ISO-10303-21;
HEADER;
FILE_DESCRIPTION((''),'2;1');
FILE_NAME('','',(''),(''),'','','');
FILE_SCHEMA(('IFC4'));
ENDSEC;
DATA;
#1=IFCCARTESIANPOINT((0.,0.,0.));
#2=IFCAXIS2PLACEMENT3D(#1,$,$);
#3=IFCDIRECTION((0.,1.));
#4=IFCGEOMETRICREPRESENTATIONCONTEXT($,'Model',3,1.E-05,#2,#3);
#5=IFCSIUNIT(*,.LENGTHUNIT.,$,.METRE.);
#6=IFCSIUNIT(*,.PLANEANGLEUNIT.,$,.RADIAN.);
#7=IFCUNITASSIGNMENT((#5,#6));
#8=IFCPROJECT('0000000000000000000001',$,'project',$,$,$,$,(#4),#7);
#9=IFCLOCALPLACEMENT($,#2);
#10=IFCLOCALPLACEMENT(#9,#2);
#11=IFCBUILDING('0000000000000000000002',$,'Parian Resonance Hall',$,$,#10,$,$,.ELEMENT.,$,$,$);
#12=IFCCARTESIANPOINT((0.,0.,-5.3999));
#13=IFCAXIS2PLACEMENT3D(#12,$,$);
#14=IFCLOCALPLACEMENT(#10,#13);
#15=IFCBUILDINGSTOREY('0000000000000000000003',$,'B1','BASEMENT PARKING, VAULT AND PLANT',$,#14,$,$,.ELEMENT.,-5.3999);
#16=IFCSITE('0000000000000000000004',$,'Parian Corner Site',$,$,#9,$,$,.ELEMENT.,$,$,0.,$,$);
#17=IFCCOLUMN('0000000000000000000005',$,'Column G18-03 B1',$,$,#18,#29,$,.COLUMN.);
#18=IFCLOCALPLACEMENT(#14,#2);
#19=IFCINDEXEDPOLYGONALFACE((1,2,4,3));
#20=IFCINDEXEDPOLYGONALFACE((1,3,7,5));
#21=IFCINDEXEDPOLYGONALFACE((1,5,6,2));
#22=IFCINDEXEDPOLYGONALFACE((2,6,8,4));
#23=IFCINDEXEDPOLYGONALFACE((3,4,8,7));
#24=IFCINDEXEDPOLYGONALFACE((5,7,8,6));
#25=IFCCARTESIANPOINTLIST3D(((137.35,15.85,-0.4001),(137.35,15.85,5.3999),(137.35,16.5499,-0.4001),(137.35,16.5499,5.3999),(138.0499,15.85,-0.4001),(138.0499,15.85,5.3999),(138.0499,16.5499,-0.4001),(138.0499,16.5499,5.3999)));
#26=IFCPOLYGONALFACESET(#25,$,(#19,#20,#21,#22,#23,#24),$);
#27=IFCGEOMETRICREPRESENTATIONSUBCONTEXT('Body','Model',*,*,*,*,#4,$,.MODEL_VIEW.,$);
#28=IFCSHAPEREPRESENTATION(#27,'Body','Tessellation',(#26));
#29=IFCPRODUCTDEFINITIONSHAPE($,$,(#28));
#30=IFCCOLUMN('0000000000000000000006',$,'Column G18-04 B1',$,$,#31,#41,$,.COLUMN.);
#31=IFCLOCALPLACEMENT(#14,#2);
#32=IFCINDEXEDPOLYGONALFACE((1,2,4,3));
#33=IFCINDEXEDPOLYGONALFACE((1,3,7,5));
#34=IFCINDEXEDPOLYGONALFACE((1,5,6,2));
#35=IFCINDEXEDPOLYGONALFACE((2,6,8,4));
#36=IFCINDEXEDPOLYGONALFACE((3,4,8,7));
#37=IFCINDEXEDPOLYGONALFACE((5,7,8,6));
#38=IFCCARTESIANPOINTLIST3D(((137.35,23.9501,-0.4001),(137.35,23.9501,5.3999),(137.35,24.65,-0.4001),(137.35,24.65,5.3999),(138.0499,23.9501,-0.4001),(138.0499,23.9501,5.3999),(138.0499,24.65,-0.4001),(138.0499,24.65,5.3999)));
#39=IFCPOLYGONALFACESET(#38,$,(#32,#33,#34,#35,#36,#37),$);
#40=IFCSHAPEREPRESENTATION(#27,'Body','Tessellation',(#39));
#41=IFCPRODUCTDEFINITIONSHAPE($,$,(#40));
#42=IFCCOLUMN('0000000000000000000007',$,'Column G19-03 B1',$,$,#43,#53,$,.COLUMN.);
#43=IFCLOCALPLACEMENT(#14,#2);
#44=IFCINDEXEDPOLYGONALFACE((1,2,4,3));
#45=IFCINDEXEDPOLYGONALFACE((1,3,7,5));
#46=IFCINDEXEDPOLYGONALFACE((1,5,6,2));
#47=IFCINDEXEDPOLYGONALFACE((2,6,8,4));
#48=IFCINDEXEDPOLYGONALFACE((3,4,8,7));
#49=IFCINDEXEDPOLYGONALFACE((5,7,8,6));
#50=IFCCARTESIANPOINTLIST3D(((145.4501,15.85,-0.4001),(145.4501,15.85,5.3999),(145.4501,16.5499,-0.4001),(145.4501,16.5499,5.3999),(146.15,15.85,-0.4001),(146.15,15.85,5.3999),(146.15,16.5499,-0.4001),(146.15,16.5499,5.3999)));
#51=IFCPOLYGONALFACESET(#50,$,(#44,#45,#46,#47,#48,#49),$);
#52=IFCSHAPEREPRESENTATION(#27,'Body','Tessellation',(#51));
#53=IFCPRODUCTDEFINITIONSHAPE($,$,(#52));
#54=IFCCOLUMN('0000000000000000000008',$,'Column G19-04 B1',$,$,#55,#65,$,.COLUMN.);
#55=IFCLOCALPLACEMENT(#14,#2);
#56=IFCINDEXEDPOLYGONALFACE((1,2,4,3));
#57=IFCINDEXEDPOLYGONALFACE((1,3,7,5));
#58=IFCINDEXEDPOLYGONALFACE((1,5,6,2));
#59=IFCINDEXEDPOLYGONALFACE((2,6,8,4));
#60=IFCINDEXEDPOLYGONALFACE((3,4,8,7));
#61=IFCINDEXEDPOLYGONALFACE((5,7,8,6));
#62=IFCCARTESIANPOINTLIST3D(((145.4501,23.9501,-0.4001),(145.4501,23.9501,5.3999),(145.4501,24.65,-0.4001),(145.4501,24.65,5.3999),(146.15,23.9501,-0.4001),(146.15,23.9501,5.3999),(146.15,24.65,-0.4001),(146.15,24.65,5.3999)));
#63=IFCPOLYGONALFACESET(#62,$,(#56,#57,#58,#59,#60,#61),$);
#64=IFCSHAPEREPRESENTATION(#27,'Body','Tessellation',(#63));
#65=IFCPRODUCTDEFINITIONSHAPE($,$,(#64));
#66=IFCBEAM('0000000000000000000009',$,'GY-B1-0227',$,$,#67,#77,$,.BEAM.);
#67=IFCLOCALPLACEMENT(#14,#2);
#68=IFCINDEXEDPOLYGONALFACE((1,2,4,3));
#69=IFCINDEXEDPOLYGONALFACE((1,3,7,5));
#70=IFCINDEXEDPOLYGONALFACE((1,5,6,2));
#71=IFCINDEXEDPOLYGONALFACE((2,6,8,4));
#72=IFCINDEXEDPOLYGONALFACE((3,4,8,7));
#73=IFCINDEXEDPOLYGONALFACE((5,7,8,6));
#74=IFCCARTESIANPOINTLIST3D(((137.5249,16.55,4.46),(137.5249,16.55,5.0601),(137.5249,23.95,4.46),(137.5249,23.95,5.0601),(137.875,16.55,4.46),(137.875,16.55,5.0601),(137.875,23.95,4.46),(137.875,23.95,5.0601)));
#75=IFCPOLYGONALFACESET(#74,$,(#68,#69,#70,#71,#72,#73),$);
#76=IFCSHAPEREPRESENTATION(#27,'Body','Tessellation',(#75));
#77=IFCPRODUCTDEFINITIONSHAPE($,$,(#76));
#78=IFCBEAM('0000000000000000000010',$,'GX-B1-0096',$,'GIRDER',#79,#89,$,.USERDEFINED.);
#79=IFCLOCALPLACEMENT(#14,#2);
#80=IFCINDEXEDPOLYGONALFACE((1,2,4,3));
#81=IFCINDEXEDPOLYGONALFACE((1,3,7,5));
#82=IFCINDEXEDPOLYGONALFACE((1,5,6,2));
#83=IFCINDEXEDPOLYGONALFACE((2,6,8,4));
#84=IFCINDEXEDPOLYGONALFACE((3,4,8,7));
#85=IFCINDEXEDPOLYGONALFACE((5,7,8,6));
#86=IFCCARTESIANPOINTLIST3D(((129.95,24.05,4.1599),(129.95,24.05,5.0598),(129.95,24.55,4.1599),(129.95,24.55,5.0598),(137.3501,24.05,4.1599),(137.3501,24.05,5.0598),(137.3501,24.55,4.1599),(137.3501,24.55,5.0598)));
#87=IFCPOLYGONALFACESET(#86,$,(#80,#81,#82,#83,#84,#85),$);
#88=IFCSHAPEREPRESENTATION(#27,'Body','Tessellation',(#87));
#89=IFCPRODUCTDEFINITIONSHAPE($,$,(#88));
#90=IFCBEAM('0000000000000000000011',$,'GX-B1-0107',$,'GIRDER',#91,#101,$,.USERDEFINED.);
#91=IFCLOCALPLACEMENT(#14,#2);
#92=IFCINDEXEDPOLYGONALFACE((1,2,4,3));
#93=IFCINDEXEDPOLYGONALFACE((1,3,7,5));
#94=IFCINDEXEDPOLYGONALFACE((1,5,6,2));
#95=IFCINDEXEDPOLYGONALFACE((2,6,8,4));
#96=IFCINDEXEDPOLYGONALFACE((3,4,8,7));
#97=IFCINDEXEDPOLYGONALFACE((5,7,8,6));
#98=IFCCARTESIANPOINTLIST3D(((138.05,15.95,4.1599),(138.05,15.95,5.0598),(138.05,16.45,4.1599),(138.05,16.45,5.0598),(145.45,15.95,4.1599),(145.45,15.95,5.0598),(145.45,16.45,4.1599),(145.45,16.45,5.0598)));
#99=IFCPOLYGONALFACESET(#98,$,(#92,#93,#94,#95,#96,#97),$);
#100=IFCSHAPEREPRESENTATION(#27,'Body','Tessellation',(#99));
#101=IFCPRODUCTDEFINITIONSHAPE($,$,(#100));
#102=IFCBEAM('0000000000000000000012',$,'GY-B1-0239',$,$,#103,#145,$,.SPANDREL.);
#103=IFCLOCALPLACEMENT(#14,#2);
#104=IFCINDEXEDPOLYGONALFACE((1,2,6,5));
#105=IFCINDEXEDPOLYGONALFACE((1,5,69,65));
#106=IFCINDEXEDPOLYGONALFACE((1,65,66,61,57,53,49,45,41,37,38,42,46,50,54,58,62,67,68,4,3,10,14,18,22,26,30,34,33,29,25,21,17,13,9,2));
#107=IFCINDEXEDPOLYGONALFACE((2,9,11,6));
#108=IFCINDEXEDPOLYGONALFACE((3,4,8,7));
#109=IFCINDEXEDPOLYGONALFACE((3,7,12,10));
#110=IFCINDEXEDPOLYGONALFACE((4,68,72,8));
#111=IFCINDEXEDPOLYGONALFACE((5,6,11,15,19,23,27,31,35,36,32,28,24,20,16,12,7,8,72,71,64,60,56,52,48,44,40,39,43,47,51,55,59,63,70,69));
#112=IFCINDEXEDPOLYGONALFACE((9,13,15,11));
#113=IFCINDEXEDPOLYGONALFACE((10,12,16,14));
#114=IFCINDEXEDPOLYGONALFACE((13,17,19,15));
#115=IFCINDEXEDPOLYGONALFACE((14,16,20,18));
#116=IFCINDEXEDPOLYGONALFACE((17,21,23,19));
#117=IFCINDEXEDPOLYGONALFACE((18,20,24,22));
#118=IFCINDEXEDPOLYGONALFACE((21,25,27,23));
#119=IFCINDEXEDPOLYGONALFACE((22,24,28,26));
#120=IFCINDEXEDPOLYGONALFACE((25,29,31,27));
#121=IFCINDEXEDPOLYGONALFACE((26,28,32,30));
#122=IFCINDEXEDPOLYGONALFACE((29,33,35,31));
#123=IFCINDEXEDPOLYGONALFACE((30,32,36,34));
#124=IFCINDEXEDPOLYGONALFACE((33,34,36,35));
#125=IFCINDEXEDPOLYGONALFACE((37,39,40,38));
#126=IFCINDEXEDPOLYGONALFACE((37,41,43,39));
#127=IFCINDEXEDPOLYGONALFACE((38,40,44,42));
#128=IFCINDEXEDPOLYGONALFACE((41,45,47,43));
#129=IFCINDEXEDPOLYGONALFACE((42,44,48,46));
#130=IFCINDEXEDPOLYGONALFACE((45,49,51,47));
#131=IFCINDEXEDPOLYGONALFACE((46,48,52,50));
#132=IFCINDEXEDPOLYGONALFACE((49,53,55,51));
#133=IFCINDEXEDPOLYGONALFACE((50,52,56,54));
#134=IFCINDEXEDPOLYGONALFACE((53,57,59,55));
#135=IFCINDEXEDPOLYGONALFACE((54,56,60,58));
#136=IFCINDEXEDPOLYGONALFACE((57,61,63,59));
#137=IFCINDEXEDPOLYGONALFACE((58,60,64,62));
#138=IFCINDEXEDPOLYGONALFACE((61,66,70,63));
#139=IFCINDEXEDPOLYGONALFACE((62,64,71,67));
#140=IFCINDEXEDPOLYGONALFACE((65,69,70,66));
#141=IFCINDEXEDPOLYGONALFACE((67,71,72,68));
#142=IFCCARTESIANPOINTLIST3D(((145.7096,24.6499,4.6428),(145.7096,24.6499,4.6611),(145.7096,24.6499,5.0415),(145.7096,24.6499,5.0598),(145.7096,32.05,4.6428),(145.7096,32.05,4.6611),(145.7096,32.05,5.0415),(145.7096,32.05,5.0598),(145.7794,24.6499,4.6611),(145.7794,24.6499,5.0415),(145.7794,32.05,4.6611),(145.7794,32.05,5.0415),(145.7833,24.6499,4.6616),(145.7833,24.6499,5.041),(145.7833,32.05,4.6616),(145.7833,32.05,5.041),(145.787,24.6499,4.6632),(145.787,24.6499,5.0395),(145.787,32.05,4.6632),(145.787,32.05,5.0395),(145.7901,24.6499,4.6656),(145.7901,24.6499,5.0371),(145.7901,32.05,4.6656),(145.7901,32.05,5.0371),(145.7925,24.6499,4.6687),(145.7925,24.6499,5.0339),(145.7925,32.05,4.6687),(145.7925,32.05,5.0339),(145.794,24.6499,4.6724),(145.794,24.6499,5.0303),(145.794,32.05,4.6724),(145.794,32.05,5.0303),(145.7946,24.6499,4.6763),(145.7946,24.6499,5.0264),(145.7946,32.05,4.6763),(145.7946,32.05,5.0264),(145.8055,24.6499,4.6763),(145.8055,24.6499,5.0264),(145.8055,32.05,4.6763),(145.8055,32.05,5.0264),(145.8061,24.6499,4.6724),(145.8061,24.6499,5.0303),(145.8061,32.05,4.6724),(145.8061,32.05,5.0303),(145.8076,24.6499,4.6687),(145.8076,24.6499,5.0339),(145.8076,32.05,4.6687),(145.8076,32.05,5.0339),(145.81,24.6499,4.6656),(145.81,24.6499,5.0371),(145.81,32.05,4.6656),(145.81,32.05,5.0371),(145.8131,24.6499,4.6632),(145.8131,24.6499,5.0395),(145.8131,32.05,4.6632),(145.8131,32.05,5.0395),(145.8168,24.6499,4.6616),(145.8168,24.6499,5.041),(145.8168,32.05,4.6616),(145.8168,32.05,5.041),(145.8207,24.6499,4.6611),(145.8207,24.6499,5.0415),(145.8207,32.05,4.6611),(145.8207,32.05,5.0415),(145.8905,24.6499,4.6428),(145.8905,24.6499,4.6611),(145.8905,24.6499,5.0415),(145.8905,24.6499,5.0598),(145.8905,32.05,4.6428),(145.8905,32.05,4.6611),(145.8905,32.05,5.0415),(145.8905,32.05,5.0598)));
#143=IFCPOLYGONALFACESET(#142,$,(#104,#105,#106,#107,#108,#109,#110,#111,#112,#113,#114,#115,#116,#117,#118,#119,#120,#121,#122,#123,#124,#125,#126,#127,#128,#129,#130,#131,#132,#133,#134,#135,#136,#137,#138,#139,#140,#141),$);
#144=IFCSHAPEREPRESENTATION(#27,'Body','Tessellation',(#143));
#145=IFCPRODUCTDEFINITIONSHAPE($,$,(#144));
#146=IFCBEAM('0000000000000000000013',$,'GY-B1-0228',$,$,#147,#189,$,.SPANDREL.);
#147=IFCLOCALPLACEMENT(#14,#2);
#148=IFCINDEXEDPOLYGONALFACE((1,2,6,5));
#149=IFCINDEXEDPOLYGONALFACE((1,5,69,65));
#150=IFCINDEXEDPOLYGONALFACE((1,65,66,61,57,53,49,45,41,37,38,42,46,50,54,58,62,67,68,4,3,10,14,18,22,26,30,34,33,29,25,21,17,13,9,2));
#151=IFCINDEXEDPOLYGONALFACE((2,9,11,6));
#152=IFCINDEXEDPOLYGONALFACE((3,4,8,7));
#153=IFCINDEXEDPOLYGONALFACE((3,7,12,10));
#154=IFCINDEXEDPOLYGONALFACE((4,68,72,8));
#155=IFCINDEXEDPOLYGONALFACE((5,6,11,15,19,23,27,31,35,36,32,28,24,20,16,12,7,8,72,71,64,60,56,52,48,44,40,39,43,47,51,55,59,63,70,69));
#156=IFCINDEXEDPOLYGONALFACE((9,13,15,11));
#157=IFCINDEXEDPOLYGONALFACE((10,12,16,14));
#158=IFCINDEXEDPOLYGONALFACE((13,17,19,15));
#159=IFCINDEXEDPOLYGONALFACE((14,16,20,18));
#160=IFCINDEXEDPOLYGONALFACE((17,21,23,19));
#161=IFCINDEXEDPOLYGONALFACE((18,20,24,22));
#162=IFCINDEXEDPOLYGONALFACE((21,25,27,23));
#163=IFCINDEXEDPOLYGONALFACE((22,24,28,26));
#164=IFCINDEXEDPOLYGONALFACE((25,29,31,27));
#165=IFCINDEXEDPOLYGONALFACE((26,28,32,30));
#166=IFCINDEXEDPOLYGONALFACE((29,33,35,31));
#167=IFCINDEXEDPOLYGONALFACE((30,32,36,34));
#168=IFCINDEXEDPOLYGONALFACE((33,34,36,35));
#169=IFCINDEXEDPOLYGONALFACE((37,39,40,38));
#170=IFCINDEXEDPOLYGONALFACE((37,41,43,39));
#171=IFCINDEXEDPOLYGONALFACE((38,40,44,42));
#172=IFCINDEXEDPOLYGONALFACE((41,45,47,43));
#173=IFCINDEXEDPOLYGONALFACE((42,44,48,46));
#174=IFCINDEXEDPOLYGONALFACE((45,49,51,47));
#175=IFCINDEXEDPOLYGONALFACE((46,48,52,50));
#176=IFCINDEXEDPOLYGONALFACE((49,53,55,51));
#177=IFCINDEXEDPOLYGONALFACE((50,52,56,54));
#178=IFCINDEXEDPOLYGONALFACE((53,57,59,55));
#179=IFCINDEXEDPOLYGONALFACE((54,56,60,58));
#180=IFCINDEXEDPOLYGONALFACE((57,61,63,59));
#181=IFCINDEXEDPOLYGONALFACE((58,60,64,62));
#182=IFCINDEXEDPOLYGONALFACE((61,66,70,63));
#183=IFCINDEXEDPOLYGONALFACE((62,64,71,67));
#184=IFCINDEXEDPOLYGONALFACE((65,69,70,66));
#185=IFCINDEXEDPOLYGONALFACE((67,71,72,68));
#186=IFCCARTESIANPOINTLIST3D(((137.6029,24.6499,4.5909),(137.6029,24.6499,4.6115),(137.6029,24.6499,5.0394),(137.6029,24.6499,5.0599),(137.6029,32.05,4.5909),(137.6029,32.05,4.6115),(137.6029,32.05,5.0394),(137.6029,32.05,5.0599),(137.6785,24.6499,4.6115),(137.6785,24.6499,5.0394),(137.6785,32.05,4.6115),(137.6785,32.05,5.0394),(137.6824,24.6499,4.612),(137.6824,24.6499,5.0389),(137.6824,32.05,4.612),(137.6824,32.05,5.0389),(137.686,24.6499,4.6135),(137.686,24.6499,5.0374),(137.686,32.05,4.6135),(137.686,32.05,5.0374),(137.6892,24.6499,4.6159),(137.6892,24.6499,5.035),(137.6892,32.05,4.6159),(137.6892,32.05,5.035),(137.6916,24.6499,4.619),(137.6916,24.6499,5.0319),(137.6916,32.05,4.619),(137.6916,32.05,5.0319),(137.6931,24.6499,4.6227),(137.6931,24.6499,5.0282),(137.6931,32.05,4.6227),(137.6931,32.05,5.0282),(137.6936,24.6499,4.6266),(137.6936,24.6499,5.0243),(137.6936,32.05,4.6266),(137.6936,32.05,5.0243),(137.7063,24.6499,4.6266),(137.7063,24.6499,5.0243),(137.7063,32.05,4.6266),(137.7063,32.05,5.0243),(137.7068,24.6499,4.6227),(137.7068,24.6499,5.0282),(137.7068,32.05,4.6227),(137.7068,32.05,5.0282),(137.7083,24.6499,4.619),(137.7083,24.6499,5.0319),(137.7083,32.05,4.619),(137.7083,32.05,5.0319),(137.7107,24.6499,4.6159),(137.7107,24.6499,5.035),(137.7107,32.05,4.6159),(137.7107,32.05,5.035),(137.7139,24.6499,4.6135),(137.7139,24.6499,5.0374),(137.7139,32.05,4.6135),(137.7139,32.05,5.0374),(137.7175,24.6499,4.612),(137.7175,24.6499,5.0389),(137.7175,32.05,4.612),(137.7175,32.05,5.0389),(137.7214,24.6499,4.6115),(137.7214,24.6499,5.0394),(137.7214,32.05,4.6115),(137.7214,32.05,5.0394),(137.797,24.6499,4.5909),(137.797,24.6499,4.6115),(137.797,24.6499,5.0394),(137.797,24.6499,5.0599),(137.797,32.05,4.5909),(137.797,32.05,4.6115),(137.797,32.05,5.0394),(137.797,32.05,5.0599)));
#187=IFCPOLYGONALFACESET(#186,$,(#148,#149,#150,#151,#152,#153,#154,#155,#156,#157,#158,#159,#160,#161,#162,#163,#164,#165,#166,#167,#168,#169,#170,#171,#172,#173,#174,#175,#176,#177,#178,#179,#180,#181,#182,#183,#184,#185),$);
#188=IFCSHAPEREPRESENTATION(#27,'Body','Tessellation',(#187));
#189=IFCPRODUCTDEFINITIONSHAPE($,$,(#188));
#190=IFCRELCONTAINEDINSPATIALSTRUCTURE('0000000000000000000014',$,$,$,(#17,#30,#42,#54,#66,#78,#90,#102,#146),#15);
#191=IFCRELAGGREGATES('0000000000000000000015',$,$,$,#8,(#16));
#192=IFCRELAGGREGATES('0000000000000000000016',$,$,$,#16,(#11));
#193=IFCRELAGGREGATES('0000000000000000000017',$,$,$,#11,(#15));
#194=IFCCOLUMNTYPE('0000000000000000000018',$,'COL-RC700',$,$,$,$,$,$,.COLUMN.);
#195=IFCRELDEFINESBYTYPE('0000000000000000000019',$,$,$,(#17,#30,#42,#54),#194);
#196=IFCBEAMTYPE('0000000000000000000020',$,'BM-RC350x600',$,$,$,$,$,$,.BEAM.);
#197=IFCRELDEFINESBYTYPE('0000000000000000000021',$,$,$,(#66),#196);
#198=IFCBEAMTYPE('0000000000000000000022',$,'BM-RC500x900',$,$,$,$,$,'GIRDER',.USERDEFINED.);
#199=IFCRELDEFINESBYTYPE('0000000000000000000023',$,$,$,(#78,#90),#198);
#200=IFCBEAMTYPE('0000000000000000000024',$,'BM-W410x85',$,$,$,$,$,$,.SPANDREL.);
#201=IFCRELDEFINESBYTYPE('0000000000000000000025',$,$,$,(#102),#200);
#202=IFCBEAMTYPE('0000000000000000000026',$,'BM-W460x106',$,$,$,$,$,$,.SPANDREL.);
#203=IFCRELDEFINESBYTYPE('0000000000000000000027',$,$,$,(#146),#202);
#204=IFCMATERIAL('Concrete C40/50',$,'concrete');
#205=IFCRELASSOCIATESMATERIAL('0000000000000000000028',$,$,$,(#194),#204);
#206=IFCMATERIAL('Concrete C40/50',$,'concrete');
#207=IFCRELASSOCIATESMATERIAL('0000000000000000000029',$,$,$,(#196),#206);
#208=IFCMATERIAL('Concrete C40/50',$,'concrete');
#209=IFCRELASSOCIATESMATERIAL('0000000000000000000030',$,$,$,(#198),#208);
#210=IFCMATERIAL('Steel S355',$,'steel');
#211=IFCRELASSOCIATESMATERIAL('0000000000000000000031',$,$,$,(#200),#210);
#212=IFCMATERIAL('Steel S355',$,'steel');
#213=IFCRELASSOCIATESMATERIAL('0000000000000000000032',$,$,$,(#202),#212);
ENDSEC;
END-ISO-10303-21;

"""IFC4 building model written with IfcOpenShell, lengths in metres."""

from ifc_helpers import new_model, si_unit, direction, frame, origin, origin_2d, place, context, subcontext, project, spatial, rectangle, i_section, extrude, material, material_profile, profile_set, type_object, element, save


model = new_model("IFC4")

# Units and contexts
model_context = context("Model", 3, precision=1e-05, world=origin(), true_north=direction((0.0, 1.0)))
body_context = subcontext(model_context, "Body", "Model", "MODEL_VIEW")
ifc_project = project(units=[si_unit("LENGTHUNIT", "METRE"), si_unit("PLANEANGLEUNIT", "RADIAN")], contexts=[model_context])

# Site, building, storey
site_placement = place(None, origin())
site = spatial("IfcSite", under=ifc_project, at=site_placement, Name="Parian Corner Site", CompositionType="ELEMENT", RefElevation=0.0)
building_placement = place(site_placement, origin())
building = spatial("IfcBuilding", under=site, at=building_placement, Name="Parian Resonance Hall", CompositionType="ELEMENT")
storey_placement = place(building_placement, frame((0.0, 0.0, -5.3999)))
storey = spatial("IfcBuildingStorey", under=building, at=storey_placement, Name="B1", Description="BASEMENT PARKING, VAULT AND PLANT", CompositionType="ELEMENT", Elevation=-5.3999)

# Columns
ifc_material_1 = material(Name="Concrete C40/50", Category="concrete")
ifc_material_profile_1 = material_profile(ifc_material_1, rectangle(XDim=0.7, YDim=0.7, at=origin_2d()), Name="RC-COL-700x700")
ifc_profile_set_1 = profile_set([ifc_material_profile_1], Name="Concrete C40/50")
column_type = type_object("IfcColumnType", Name="COL-RC700", PredefinedType="COLUMN", material=ifc_profile_set_1)
for number, where, z_axis, x_axis, name in (
    (1, (137.7, 16.2, -0.4001), (0.0, 0.0, 1.0), (1.0, 0.0, 0.0), "Column G18-03 B1"),
    (2, (137.7, 24.3, -0.4001), (0.0, 0.0, 1.0), (1.0, 0.0, 0.0), "Column G18-04 B1"),
    (3, (145.8, 16.2, -0.4001), (0.0, 0.0, 1.0), (1.0, 0.0, 0.0), "Column G19-03 B1"),
    (4, (145.8, 24.3, -0.4001), (0.0, 0.0, 1.0), (1.0, 0.0, 0.0), "Column G19-04 B1"),
):
    element("IfcColumn", number, at=place(storey_placement, frame(where, z_axis=z_axis, x_axis=x_axis)), inside=storey, type_object=column_type, Name=name, PredefinedType="COLUMN", context=body_context, shape_type="SweptSolid", body=[
        extrude(rectangle(XDim=0.7, YDim=0.7, at=origin_2d()), origin(), (0.0, 0.0, 1.0), 5.8),
    ])

# Beams
ifc_material_2 = material(Name="Concrete C40/50", Category="concrete")
ifc_material_profile_2 = material_profile(ifc_material_2, rectangle(XDim=0.3501, YDim=0.6001, at=origin_2d()), Name="RC-BM-350x600")
ifc_profile_set_2 = profile_set([ifc_material_profile_2], Name="Concrete C40/50")
beam_type_1 = type_object("IfcBeamType", Name="BM-RC350x600", PredefinedType="BEAM", material=ifc_profile_set_2)
beam_1_placement = place(storey_placement, frame((137.7, 16.55, 4.76), z_axis=(0.0, 1.0, 0.0), x_axis=(-1.0, 0.0, 0.0)))
element("IfcBeam", 5, at=beam_1_placement, inside=storey, type_object=beam_type_1, Name="GY-B1-0227", PredefinedType="BEAM", context=body_context, shape_type="SweptSolid", body=[
    extrude(rectangle(XDim=0.3501, YDim=0.6001, at=origin_2d()), origin(), (0.0, 0.0, 1.0), 7.3999),
])
ifc_material_3 = material(Name="Concrete C40/50", Category="concrete")
ifc_material_profile_3 = material_profile(ifc_material_3, rectangle(XDim=0.5, YDim=0.8999, at=origin_2d()), Name="RC-BM-500x900")
ifc_profile_set_3 = profile_set([ifc_material_profile_3], Name="Concrete C40/50")
beam_type_2 = type_object("IfcBeamType", Name="BM-RC500x900", ElementType="GIRDER", PredefinedType="USERDEFINED", material=ifc_profile_set_3)
beam_2_placement = place(storey_placement, frame((129.95, 24.3, 4.6099), z_axis=(1.0, 0.0, 0.0), x_axis=(0.0, 1.0, 0.0)))
element("IfcBeam", 6, at=beam_2_placement, inside=storey, type_object=beam_type_2, Name="GX-B1-0096", ObjectType="GIRDER", PredefinedType="USERDEFINED", context=body_context, shape_type="SweptSolid", body=[
    extrude(rectangle(XDim=0.5, YDim=0.8999, at=origin_2d()), origin(), (0.0, 0.0, 1.0), 7.4001),
])
beam_3_placement = place(storey_placement, frame((138.05, 16.2, 4.6099), z_axis=(1.0, 0.0, 0.0), x_axis=(0.0, 1.0, 0.0)))
element("IfcBeam", 7, at=beam_3_placement, inside=storey, type_object=beam_type_2, Name="GX-B1-0107", ObjectType="GIRDER", PredefinedType="USERDEFINED", context=body_context, shape_type="SweptSolid", body=[
    extrude(rectangle(XDim=0.5, YDim=0.8999, at=origin_2d()), origin(), (0.0, 0.0, 1.0), 7.3999),
])
ifc_material_4 = material(Name="Steel S355", Category="steel")
ifc_material_profile_4 = material_profile(ifc_material_4, i_section(OverallWidth=0.1809, OverallDepth=0.417, WebThickness=0.011, FlangeThickness=0.0183, FilletRadius=0.0151, at=origin_2d()), Name="W410x85")
ifc_profile_set_4 = profile_set([ifc_material_profile_4], Name="Steel S355")
beam_type_3 = type_object("IfcBeamType", Name="BM-W410x85", PredefinedType="SPANDREL", material=ifc_profile_set_4)
beam_4_placement = place(storey_placement, frame((145.8, 24.6499, 4.8513), z_axis=(0.0, 1.0, 0.0), x_axis=(-1.0, 0.0, 0.0)))
element("IfcBeam", 8, at=beam_4_placement, inside=storey, type_object=beam_type_3, Name="GY-B1-0239", PredefinedType="SPANDREL", context=body_context, shape_type="SweptSolid", body=[
    extrude(i_section(OverallWidth=0.1809, OverallDepth=0.417, WebThickness=0.011, FlangeThickness=0.0183, FilletRadius=0.0151, at=origin_2d()), origin(), (0.0, 0.0, 1.0), 7.4001),
])
ifc_material_5 = material(Name="Steel S355", Category="steel")
ifc_material_profile_5 = material_profile(ifc_material_5, i_section(OverallWidth=0.1941, OverallDepth=0.469, WebThickness=0.0127, FlangeThickness=0.0205, FilletRadius=0.0151, at=origin_2d()), Name="W460x106")
ifc_profile_set_5 = profile_set([ifc_material_profile_5], Name="Steel S355")
beam_type_4 = type_object("IfcBeamType", Name="BM-W460x106", PredefinedType="SPANDREL", material=ifc_profile_set_5)
beam_5_placement = place(storey_placement, frame((137.7, 24.6499, 4.8254), z_axis=(0.0, 1.0, 0.0), x_axis=(-1.0, 0.0, 0.0)))
element("IfcBeam", 9, at=beam_5_placement, inside=storey, type_object=beam_type_4, Name="GY-B1-0228", PredefinedType="SPANDREL", context=body_context, shape_type="SweptSolid", body=[
    extrude(i_section(OverallWidth=0.1941, OverallDepth=0.469, WebThickness=0.0127, FlangeThickness=0.0205, FilletRadius=0.0151, at=origin_2d()), origin(), (0.0, 0.0, 1.0), 7.4001),
])

save(model, "model.ifc")
